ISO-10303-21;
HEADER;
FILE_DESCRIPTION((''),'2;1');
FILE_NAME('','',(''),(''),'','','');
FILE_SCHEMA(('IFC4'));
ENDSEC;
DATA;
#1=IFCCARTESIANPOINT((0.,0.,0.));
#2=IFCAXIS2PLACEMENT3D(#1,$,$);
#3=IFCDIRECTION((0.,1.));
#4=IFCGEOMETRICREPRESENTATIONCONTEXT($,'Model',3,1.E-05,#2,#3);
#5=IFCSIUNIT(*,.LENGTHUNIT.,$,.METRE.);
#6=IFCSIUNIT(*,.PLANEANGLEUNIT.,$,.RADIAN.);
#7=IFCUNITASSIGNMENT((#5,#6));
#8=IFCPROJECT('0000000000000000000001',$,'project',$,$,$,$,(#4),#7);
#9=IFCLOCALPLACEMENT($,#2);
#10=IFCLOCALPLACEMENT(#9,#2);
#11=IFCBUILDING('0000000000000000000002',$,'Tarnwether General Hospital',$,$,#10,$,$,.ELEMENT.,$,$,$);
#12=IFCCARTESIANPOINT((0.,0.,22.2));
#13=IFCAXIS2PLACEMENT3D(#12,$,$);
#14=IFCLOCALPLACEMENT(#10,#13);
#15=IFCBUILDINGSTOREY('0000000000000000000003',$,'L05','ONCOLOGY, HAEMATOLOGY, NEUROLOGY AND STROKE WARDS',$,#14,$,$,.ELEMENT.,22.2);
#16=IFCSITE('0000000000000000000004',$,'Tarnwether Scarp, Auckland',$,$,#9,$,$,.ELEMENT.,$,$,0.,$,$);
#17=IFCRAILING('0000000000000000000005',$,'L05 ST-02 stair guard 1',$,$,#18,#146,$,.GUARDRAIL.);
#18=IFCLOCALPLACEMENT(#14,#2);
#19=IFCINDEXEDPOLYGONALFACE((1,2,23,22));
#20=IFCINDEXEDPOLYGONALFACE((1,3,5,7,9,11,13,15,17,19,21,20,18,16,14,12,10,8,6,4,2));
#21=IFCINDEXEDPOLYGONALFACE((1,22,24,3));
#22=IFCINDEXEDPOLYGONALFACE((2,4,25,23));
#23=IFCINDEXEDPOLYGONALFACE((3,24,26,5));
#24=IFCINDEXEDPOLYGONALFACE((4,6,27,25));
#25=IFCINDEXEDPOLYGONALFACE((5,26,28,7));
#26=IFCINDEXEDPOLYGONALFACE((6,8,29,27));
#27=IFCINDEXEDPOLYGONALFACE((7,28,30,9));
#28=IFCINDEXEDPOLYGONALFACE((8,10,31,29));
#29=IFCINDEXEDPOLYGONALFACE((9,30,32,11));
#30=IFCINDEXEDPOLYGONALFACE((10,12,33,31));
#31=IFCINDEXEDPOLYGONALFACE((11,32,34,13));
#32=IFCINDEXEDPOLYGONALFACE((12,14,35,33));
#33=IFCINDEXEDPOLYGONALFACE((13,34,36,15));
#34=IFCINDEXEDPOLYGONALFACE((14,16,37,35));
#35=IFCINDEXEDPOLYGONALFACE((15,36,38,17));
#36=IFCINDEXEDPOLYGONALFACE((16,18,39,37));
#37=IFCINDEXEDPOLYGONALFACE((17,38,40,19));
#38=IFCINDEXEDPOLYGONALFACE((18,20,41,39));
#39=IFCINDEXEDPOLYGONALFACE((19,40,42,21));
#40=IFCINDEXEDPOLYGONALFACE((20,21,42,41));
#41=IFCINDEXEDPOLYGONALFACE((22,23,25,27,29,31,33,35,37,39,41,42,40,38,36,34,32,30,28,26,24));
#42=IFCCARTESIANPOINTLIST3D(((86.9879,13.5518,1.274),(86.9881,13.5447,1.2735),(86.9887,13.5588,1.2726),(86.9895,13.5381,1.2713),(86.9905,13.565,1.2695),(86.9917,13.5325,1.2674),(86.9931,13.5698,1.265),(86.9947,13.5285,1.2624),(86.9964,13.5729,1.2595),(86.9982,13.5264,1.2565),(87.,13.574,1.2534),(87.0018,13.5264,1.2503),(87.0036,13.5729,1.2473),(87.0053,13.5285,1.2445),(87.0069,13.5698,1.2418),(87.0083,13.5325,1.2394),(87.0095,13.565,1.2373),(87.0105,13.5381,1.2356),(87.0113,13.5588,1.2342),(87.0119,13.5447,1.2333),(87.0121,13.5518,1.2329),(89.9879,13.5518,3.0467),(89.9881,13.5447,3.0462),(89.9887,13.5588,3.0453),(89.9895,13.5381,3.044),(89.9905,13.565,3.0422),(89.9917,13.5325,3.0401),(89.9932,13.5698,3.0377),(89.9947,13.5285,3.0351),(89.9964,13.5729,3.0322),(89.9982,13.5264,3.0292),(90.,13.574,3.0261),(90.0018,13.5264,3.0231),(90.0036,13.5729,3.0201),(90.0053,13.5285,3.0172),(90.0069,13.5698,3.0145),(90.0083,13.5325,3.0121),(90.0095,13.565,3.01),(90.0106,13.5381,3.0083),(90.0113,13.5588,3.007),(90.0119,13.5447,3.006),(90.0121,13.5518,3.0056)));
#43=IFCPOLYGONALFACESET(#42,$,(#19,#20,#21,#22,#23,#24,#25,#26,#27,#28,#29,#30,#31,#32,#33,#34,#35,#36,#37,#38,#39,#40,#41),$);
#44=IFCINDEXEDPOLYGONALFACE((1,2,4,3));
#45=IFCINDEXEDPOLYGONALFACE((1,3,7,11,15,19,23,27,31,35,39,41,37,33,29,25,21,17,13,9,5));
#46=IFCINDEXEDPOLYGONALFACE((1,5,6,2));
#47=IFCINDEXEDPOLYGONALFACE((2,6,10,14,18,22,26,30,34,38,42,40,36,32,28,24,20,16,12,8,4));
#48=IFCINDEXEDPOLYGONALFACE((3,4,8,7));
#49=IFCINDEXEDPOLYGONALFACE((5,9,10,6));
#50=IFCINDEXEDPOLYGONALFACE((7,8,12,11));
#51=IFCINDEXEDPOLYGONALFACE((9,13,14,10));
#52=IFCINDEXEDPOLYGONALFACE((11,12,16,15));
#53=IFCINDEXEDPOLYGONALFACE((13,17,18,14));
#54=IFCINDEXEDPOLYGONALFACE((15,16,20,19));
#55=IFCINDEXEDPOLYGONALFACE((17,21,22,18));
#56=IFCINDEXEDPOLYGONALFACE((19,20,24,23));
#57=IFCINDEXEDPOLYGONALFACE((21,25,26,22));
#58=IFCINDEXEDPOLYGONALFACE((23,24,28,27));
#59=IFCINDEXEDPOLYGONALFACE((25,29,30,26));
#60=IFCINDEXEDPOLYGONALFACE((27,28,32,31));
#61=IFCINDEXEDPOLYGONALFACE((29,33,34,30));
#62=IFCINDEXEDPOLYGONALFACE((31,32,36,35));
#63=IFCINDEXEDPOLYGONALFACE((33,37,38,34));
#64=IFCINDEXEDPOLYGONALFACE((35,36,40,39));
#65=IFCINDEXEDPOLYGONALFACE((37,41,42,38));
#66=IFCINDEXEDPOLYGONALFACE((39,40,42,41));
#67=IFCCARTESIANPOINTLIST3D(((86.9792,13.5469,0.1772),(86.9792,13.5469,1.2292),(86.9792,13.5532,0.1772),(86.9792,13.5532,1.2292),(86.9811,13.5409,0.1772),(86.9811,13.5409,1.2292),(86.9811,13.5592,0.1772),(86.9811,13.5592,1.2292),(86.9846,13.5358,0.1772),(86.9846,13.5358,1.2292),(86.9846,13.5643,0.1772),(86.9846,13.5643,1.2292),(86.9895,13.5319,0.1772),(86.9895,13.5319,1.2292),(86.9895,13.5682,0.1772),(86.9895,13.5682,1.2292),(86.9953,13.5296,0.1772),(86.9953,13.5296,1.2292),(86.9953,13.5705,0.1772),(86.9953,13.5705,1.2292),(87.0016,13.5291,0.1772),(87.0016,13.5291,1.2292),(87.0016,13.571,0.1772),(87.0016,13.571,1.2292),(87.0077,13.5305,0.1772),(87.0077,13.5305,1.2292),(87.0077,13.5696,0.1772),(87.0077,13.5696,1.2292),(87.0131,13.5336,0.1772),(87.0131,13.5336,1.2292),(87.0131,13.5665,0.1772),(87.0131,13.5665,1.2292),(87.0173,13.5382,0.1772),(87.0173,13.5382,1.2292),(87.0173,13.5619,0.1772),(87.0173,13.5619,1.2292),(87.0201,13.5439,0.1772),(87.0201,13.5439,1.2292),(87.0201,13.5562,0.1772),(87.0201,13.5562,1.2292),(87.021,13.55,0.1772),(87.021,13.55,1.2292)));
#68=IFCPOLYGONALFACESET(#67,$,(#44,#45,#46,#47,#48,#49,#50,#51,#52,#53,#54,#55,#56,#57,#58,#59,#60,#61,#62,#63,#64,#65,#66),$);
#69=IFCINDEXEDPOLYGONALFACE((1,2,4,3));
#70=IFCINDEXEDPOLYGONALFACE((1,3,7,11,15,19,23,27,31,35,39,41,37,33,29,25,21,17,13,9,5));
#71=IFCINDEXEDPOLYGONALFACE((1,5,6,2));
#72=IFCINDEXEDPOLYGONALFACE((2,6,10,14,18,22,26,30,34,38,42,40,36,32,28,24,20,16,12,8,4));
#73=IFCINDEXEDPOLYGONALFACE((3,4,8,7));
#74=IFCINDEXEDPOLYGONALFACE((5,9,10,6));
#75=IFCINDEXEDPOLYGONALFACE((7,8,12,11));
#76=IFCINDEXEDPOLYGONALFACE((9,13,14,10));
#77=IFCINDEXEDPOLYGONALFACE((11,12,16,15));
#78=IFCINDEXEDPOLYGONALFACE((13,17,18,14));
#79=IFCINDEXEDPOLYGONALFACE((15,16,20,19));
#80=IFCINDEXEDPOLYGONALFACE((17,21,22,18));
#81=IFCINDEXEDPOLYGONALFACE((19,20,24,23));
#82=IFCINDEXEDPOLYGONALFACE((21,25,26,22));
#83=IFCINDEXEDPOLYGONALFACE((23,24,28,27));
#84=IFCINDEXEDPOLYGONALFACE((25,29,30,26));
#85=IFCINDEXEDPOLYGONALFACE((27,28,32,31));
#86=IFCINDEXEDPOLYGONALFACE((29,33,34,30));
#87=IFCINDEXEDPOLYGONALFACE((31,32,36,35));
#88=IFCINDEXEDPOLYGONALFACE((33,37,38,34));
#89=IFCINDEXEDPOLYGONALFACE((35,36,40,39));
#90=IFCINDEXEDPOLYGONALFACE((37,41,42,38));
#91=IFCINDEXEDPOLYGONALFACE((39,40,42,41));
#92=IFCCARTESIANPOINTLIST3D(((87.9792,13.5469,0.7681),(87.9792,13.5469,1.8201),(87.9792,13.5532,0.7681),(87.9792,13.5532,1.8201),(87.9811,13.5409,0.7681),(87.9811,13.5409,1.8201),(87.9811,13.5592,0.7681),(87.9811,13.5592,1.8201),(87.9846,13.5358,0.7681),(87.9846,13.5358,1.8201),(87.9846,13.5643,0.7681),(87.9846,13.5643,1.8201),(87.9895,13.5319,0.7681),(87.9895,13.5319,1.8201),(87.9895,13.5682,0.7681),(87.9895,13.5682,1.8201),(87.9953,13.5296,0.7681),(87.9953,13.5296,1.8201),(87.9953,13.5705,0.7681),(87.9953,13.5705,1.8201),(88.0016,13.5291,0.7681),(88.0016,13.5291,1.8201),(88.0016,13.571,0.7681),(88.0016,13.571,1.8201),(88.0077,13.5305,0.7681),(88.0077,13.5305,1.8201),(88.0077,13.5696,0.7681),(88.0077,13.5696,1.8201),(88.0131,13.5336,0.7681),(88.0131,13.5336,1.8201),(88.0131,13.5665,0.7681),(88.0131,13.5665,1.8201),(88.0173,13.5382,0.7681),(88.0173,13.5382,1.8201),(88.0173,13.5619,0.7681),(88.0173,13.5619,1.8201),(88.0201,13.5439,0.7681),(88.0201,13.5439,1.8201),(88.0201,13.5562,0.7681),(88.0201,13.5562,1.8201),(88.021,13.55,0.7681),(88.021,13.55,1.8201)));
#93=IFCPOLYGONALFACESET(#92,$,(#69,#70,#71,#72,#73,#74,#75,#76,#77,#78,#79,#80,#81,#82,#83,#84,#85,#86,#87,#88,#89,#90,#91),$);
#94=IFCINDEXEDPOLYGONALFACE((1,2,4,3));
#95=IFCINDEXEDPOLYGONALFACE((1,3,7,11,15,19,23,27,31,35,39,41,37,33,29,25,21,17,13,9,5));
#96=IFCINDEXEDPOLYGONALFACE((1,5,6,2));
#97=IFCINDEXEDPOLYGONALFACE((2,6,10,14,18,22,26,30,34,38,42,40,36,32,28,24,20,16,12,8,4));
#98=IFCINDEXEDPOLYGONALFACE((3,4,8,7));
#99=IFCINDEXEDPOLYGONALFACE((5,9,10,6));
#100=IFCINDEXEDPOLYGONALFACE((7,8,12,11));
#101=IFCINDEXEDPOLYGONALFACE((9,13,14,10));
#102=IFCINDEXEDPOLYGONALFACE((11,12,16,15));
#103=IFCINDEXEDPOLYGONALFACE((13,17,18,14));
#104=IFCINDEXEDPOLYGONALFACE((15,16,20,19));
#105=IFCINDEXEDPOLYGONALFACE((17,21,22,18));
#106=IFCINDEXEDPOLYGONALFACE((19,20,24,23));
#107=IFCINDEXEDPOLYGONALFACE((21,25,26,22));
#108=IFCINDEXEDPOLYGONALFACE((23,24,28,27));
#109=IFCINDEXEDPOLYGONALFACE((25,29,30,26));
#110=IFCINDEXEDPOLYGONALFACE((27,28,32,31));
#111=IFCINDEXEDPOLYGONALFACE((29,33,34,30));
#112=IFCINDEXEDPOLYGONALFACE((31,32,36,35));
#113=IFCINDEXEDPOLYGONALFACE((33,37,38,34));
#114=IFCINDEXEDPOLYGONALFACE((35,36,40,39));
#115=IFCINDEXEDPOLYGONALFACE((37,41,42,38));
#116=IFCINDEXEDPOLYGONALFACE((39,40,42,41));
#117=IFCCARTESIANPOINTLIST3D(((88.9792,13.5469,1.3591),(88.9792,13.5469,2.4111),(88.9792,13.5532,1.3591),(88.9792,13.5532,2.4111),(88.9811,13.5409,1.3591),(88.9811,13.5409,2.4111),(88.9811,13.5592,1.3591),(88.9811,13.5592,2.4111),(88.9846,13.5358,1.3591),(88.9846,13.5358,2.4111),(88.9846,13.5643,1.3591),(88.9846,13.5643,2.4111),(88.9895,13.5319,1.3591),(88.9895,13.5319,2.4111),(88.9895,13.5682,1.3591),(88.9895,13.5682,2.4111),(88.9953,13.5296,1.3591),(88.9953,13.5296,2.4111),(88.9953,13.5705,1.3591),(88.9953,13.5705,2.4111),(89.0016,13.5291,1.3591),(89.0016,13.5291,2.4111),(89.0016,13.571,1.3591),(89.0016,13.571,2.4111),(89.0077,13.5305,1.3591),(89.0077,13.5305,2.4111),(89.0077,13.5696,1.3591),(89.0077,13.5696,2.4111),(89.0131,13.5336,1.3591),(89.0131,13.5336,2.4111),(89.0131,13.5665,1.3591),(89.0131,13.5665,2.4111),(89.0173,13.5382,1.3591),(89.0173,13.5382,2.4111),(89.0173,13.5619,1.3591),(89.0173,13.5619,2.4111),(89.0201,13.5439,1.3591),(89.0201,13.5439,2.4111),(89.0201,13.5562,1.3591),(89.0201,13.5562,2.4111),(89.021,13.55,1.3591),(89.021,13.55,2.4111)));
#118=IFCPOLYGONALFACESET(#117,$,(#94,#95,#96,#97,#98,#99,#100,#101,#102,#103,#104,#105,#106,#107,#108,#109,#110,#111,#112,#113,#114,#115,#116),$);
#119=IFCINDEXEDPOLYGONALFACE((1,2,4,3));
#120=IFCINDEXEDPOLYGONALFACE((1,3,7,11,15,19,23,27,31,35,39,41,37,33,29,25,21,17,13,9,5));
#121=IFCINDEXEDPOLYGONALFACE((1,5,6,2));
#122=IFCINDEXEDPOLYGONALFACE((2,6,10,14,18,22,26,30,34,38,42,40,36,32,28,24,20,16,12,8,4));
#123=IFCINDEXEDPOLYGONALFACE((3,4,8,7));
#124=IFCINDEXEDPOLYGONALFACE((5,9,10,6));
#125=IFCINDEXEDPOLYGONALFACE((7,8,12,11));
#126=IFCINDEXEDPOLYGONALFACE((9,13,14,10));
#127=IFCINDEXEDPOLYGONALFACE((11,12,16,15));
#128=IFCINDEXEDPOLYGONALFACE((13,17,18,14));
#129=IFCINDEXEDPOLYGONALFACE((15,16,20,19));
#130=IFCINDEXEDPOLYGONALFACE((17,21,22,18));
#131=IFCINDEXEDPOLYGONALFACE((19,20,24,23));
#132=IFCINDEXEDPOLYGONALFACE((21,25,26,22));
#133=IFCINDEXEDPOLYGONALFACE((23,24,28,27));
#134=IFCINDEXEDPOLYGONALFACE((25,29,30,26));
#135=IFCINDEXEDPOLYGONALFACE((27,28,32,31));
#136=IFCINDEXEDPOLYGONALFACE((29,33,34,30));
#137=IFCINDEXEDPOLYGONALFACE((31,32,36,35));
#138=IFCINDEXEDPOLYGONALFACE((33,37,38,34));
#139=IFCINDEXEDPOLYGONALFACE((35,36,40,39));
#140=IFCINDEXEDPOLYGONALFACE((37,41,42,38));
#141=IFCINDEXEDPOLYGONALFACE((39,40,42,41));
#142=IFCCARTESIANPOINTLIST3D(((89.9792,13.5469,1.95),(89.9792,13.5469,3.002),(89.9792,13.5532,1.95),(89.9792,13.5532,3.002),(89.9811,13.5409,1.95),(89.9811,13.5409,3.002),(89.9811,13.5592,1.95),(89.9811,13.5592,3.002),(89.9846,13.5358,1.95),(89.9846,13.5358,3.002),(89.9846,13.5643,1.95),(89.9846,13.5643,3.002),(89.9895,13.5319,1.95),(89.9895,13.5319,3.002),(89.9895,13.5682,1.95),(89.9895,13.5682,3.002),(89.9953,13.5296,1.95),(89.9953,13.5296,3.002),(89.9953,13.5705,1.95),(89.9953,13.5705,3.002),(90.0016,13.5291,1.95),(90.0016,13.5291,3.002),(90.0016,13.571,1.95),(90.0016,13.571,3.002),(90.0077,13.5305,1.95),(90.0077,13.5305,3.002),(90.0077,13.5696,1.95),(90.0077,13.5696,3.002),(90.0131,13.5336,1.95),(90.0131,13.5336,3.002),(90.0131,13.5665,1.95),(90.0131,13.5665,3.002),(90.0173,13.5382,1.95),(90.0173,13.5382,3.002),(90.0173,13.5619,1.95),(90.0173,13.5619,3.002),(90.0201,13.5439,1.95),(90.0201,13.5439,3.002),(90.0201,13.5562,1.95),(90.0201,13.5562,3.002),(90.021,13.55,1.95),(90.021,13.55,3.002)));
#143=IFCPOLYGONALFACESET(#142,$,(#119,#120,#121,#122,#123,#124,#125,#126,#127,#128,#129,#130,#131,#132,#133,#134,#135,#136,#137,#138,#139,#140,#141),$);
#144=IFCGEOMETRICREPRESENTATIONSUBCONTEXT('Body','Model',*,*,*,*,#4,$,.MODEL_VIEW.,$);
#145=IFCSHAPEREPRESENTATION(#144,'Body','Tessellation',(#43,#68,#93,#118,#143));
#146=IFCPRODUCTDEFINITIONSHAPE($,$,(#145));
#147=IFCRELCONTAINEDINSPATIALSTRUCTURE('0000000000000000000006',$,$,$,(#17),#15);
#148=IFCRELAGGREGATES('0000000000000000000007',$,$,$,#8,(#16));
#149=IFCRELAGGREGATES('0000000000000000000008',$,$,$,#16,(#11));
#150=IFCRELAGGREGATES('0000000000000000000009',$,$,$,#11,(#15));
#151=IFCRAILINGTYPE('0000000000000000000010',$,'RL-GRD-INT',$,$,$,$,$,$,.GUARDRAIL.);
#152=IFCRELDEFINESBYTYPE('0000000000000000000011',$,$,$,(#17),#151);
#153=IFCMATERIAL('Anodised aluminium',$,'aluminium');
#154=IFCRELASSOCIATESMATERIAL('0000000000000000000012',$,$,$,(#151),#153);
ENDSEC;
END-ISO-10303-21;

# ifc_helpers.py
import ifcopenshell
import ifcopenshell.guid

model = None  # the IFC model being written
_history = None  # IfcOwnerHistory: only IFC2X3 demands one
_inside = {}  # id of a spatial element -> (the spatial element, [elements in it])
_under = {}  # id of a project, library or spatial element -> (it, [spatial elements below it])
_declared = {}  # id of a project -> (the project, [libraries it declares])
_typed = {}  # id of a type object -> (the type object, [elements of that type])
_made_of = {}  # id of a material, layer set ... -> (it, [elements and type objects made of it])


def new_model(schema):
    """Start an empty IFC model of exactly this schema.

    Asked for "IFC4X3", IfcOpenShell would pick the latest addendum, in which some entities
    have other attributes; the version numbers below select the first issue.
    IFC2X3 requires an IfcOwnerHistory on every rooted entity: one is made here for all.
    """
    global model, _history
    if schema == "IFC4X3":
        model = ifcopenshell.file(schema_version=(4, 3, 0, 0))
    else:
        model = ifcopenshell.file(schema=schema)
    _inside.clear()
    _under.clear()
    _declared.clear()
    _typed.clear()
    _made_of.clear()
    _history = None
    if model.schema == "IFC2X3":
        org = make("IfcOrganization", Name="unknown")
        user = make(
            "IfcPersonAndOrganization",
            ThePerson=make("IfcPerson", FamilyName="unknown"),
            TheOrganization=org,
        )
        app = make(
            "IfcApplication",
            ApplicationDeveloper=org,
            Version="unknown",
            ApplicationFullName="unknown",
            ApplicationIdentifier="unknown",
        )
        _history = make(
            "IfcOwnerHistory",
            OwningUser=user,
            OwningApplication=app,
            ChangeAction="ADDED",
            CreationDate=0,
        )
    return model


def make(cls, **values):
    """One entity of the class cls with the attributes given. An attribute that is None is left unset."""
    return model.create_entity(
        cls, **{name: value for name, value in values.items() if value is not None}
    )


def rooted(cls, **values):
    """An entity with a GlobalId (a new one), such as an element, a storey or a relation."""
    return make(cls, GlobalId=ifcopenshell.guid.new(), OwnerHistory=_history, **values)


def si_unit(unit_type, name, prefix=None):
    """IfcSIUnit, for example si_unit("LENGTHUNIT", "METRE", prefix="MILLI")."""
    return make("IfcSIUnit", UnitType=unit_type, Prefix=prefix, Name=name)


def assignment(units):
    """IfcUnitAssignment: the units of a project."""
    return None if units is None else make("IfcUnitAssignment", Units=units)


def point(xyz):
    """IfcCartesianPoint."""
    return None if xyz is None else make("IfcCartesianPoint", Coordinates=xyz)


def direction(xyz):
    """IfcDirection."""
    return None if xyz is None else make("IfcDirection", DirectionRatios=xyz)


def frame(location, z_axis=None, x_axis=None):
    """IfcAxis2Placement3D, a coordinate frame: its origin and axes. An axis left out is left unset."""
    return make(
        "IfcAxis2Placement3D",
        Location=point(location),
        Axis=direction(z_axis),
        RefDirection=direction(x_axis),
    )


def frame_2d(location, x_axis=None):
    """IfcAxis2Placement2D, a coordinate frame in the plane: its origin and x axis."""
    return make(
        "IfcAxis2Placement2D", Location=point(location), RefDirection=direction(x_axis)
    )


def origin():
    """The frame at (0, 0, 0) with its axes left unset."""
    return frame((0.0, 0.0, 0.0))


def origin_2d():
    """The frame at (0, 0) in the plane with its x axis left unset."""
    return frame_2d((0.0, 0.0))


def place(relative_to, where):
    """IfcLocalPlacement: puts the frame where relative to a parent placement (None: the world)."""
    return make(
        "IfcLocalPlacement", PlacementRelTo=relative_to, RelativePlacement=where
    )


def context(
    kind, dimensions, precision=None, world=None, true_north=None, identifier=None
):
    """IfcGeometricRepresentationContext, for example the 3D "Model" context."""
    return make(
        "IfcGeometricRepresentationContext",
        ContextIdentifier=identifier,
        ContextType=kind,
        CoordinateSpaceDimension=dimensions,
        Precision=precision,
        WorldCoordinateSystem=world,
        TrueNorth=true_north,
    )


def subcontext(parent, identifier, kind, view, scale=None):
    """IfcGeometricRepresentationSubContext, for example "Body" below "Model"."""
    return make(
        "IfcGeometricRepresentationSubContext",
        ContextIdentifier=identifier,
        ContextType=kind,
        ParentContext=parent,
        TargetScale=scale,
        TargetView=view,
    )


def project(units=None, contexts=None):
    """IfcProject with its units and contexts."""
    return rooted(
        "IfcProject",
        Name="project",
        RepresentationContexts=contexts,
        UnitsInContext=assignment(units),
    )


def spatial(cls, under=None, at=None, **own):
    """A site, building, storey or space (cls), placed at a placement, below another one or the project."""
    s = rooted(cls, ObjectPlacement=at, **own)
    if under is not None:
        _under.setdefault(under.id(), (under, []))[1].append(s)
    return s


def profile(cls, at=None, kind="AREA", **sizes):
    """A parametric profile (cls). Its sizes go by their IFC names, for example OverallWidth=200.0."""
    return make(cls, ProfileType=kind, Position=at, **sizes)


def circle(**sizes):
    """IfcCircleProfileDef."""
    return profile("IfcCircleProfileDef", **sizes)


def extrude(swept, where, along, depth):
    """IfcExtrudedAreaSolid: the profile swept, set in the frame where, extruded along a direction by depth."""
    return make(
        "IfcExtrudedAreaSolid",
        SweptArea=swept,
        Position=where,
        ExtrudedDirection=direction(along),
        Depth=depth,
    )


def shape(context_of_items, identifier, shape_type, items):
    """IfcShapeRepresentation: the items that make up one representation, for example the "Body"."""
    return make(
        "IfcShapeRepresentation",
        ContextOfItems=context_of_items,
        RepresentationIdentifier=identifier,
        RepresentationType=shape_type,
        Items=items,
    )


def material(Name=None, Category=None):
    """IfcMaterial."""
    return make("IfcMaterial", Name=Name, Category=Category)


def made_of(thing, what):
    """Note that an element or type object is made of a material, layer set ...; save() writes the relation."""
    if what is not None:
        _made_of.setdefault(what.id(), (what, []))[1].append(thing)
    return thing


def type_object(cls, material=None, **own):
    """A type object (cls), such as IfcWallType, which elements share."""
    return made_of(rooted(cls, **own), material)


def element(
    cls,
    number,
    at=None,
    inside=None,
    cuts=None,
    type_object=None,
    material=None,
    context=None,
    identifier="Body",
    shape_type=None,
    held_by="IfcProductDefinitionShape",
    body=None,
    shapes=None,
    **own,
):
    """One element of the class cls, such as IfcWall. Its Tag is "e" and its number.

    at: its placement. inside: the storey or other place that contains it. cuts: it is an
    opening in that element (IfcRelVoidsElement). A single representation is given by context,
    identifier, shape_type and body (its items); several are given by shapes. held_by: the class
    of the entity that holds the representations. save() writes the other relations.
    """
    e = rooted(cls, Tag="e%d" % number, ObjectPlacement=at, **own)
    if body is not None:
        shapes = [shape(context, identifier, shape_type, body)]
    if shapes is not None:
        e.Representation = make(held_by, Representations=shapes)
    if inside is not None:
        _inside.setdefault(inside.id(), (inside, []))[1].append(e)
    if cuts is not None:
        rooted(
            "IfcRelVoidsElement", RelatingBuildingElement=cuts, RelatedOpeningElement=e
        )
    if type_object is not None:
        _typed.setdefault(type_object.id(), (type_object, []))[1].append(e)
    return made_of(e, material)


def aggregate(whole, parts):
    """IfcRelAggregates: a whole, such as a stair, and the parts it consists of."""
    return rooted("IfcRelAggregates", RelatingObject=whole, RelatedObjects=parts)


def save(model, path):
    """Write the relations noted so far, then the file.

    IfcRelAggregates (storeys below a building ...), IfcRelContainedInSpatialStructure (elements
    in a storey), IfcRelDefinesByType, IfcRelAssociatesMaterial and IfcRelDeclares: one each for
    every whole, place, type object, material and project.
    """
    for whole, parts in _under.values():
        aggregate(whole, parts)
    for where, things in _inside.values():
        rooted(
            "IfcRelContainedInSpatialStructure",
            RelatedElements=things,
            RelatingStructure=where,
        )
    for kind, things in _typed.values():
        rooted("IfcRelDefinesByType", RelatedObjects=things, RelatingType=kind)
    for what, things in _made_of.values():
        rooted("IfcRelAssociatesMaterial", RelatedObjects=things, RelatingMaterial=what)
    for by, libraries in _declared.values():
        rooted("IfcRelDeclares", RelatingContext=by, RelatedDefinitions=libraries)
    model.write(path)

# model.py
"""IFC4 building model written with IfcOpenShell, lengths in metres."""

from ifc_helpers import new_model, si_unit, direction, frame, origin, origin_2d, place, context, subcontext, project, spatial, circle, extrude, material, type_object, element, save


model = new_model("IFC4")

# Units and contexts
model_context = context("Model", 3, precision=1e-05, world=origin(), true_north=direction((0.0, 1.0)))
body_context = subcontext(model_context, "Body", "Model", "MODEL_VIEW")
ifc_project = project(units=[si_unit("LENGTHUNIT", "METRE"), si_unit("PLANEANGLEUNIT", "RADIAN")], contexts=[model_context])

# Site, building, storey
site_placement = place(None, origin())
site = spatial("IfcSite", under=ifc_project, at=site_placement, Name="Tarnwether Scarp, Auckland", CompositionType="ELEMENT", RefElevation=0.0)
building_placement = place(site_placement, origin())
building = spatial("IfcBuilding", under=site, at=building_placement, Name="Tarnwether General Hospital", CompositionType="ELEMENT")
storey_placement = place(building_placement, frame((0.0, 0.0, 22.2)))
storey = spatial("IfcBuildingStorey", under=building, at=storey_placement, Name="L05", Description="ONCOLOGY, HAEMATOLOGY, NEUROLOGY AND STROKE WARDS", CompositionType="ELEMENT", Elevation=22.2)

# Railing
ifc_material_1 = material(Name="Anodised aluminium", Category="aluminium")
railing_type_1 = type_object("IfcRailingType", Name="RL-GRD-INT", PredefinedType="GUARDRAIL", material=ifc_material_1)
railing_1_placement = place(storey_placement, frame((87.0, 13.55, 0.1772)))
element("IfcRailing", 1, at=railing_1_placement, inside=storey, type_object=railing_type_1, Name="L05 ST-02 stair guard 1", PredefinedType="GUARDRAIL", context=body_context, shape_type="SweptSolid", body=[
    extrude(circle(Radius=0.0239, at=origin_2d()), frame((0.0, 0.0, 1.0762), z_axis=(0.860929, 0.0, 0.508725), x_axis=(0.0, 1.0, 0.0)), (0.0, 0.0, 1.0), 3.4846),
    extrude(circle(Radius=0.021, at=origin_2d()), origin(), (0.0, 0.0, 1.0), 1.052),
    extrude(circle(Radius=0.021, at=origin_2d()), frame((1.0, 0.0, 0.5908)), (0.0, 0.0, 1.0), 1.052),
    extrude(circle(Radius=0.021, at=origin_2d()), frame((2.0, 0.0, 1.1819)), (0.0, 0.0, 1.0), 1.052),
    extrude(circle(Radius=0.021, at=origin_2d()), frame((3.0, 0.0, 1.7727)), (0.0, 0.0, 1.0), 1.052),
])

save(model, "model.ifc")
